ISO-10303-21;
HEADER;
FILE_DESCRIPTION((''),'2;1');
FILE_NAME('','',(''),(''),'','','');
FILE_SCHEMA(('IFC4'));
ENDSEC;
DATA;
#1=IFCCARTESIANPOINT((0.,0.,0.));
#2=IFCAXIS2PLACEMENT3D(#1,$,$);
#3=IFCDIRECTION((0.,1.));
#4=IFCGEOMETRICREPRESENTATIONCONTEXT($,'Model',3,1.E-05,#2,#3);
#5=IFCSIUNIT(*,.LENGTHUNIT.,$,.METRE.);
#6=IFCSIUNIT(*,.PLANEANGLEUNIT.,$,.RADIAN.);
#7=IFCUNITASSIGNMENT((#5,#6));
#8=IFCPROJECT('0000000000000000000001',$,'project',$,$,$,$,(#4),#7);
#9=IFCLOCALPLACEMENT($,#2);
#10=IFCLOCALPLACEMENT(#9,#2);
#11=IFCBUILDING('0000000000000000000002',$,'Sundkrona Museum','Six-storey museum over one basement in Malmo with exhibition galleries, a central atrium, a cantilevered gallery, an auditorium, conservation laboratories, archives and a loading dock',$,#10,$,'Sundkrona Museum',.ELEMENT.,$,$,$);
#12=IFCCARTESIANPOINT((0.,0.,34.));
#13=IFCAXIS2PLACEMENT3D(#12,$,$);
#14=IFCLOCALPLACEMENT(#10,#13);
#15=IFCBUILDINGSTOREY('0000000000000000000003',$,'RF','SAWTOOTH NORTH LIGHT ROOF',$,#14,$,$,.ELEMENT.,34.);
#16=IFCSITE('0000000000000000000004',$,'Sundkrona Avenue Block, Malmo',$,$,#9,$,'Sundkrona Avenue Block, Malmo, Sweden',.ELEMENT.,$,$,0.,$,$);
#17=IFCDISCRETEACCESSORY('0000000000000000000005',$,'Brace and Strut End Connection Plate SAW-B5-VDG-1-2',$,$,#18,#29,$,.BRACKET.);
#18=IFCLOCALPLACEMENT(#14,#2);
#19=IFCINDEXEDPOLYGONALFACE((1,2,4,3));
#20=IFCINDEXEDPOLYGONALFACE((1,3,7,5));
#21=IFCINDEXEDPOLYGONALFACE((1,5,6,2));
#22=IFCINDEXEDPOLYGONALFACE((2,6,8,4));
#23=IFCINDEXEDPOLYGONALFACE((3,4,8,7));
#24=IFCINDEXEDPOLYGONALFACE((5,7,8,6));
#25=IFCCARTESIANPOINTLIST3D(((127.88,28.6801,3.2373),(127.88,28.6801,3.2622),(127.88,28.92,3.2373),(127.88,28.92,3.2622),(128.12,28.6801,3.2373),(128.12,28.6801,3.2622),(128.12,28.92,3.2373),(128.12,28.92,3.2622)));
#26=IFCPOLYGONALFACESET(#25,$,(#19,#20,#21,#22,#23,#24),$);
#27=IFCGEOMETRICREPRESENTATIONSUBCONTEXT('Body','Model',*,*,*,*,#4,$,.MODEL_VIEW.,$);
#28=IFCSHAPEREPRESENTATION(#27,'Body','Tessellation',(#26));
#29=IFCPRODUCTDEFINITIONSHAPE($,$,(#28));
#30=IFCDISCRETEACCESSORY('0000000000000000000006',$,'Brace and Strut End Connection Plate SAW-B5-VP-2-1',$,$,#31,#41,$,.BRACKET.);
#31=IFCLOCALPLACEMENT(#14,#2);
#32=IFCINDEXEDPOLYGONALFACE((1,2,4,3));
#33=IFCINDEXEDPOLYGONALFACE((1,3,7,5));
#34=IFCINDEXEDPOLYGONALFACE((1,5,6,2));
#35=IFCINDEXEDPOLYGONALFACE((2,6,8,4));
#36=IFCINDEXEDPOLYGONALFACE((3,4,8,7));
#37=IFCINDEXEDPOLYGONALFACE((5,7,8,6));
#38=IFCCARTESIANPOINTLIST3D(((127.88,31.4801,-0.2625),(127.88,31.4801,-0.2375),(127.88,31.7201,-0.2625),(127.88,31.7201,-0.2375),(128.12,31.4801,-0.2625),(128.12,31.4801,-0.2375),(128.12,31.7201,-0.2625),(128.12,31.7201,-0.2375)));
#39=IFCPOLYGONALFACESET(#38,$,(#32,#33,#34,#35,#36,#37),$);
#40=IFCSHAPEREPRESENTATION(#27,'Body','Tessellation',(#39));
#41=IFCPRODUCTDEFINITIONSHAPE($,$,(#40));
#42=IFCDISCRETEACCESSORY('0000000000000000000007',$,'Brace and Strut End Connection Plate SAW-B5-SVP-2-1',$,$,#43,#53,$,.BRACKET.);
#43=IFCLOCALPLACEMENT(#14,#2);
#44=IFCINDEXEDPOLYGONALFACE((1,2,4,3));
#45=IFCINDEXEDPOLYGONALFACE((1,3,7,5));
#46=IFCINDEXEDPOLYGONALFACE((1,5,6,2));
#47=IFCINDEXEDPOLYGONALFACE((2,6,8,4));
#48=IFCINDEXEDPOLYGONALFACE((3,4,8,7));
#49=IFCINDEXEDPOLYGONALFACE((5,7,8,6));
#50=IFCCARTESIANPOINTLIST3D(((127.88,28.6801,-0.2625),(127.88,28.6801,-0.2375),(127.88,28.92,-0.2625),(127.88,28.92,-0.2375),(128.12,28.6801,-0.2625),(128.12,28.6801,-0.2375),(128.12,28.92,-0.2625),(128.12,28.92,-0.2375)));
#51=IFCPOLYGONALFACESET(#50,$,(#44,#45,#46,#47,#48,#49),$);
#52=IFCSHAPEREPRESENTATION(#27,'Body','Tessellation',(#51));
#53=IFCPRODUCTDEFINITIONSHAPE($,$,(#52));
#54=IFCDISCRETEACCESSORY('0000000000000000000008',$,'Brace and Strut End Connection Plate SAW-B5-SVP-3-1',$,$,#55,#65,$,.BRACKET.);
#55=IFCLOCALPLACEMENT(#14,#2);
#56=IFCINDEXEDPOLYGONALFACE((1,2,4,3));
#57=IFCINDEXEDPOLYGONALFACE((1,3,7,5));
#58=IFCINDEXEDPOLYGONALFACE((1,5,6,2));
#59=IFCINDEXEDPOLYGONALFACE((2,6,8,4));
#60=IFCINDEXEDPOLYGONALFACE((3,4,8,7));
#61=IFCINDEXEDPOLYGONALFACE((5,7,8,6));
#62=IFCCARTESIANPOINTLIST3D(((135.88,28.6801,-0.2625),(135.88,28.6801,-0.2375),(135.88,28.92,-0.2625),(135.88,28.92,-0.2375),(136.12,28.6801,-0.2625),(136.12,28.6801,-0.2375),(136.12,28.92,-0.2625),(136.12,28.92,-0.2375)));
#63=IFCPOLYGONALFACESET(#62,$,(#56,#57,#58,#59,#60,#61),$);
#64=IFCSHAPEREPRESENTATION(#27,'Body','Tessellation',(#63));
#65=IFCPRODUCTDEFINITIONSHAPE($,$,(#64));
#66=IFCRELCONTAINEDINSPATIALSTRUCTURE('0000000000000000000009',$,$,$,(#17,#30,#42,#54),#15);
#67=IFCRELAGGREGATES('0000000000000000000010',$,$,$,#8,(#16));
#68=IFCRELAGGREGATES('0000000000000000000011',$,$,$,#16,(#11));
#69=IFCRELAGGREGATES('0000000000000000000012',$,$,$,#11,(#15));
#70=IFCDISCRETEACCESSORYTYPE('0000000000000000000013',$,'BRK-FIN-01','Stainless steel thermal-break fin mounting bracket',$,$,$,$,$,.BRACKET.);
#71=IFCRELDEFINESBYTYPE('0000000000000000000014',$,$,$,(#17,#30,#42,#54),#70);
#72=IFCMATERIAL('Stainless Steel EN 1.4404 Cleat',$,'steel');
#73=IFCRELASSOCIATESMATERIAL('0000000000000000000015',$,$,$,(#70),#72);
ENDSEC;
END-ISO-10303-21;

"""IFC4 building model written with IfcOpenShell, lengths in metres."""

from ifc_helpers import new_model, si_unit, direction, frame, origin, origin_2d, place, context, subcontext, project, spatial, rectangle, extrude, material, type_object, element, save


model = new_model("IFC4")

# Units and contexts
model_context = context("Model", 3, precision=1e-05, world=origin(), true_north=direction((0.0, 1.0)))
body_context = subcontext(model_context, "Body", "Model", "MODEL_VIEW")
ifc_project = project(units=[si_unit("LENGTHUNIT", "METRE"), si_unit("PLANEANGLEUNIT", "RADIAN")], contexts=[model_context])

# Site, building, storey
site_placement = place(None, origin())
site = spatial("IfcSite", under=ifc_project, at=site_placement, Name="Sundkrona Avenue Block, Malmo", LongName="Sundkrona Avenue Block, Malmo, Sweden", CompositionType="ELEMENT", RefElevation=0.0)
building_placement = place(site_placement, origin())
building = spatial("IfcBuilding", under=site, at=building_placement, Name="Sundkrona Museum", Description="Six-storey museum over one basement in Malmo with exhibition galleries, a central atrium, a cantilevered gallery, an auditorium, conservation laboratories, archives and a loading dock", LongName="Sundkrona Museum", CompositionType="ELEMENT")
storey_placement = place(building_placement, frame((0.0, 0.0, 34.0)))
storey = spatial("IfcBuildingStorey", under=building, at=storey_placement, Name="RF", Description="SAWTOOTH NORTH LIGHT ROOF", CompositionType="ELEMENT", Elevation=34.0)

# Discrete accessories
ifc_material_1 = material(Name="Stainless Steel EN 1.4404 Cleat", Category="steel")
discrete_accessory_type = type_object("IfcDiscreteAccessoryType", Name="BRK-FIN-01", Description="Stainless steel thermal-break fin mounting bracket", PredefinedType="BRACKET", material=ifc_material_1)
for number, where, z_axis, x_axis, name in (
    (1, (128.0, 28.8, 3.2373), (0.0, 0.0, 1.0), (1.0, 0.0, 0.0), "Brace and Strut End Connection Plate SAW-B5-VDG-1-2"),
    (2, (128.0, 31.6001, -0.2625), (0.0, 0.0, 1.0), (1.0, 0.0, 0.0), "Brace and Strut End Connection Plate SAW-B5-VP-2-1"),
    (3, (128.0, 28.8, -0.2625), (0.0, 0.0, 1.0), (1.0, 0.0, 0.0), "Brace and Strut End Connection Plate SAW-B5-SVP-2-1"),
    (4, (136.0, 28.8, -0.2625), (0.0, 0.0, 1.0), (1.0, 0.0, 0.0), "Brace and Strut End Connection Plate SAW-B5-SVP-3-1"),
):
    element("IfcDiscreteAccessory", number, at=place(storey_placement, frame(where, z_axis=z_axis, x_axis=x_axis)), inside=storey, type_object=discrete_accessory_type, Name=name, PredefinedType="BRACKET", context=body_context, shape_type="SweptSolid", body=[
        extrude(rectangle(XDim=0.24, YDim=0.24, at=origin_2d()), origin(), (0.0, 0.0, 1.0), 0.0249),
    ])

save(model, "model.ifc")
